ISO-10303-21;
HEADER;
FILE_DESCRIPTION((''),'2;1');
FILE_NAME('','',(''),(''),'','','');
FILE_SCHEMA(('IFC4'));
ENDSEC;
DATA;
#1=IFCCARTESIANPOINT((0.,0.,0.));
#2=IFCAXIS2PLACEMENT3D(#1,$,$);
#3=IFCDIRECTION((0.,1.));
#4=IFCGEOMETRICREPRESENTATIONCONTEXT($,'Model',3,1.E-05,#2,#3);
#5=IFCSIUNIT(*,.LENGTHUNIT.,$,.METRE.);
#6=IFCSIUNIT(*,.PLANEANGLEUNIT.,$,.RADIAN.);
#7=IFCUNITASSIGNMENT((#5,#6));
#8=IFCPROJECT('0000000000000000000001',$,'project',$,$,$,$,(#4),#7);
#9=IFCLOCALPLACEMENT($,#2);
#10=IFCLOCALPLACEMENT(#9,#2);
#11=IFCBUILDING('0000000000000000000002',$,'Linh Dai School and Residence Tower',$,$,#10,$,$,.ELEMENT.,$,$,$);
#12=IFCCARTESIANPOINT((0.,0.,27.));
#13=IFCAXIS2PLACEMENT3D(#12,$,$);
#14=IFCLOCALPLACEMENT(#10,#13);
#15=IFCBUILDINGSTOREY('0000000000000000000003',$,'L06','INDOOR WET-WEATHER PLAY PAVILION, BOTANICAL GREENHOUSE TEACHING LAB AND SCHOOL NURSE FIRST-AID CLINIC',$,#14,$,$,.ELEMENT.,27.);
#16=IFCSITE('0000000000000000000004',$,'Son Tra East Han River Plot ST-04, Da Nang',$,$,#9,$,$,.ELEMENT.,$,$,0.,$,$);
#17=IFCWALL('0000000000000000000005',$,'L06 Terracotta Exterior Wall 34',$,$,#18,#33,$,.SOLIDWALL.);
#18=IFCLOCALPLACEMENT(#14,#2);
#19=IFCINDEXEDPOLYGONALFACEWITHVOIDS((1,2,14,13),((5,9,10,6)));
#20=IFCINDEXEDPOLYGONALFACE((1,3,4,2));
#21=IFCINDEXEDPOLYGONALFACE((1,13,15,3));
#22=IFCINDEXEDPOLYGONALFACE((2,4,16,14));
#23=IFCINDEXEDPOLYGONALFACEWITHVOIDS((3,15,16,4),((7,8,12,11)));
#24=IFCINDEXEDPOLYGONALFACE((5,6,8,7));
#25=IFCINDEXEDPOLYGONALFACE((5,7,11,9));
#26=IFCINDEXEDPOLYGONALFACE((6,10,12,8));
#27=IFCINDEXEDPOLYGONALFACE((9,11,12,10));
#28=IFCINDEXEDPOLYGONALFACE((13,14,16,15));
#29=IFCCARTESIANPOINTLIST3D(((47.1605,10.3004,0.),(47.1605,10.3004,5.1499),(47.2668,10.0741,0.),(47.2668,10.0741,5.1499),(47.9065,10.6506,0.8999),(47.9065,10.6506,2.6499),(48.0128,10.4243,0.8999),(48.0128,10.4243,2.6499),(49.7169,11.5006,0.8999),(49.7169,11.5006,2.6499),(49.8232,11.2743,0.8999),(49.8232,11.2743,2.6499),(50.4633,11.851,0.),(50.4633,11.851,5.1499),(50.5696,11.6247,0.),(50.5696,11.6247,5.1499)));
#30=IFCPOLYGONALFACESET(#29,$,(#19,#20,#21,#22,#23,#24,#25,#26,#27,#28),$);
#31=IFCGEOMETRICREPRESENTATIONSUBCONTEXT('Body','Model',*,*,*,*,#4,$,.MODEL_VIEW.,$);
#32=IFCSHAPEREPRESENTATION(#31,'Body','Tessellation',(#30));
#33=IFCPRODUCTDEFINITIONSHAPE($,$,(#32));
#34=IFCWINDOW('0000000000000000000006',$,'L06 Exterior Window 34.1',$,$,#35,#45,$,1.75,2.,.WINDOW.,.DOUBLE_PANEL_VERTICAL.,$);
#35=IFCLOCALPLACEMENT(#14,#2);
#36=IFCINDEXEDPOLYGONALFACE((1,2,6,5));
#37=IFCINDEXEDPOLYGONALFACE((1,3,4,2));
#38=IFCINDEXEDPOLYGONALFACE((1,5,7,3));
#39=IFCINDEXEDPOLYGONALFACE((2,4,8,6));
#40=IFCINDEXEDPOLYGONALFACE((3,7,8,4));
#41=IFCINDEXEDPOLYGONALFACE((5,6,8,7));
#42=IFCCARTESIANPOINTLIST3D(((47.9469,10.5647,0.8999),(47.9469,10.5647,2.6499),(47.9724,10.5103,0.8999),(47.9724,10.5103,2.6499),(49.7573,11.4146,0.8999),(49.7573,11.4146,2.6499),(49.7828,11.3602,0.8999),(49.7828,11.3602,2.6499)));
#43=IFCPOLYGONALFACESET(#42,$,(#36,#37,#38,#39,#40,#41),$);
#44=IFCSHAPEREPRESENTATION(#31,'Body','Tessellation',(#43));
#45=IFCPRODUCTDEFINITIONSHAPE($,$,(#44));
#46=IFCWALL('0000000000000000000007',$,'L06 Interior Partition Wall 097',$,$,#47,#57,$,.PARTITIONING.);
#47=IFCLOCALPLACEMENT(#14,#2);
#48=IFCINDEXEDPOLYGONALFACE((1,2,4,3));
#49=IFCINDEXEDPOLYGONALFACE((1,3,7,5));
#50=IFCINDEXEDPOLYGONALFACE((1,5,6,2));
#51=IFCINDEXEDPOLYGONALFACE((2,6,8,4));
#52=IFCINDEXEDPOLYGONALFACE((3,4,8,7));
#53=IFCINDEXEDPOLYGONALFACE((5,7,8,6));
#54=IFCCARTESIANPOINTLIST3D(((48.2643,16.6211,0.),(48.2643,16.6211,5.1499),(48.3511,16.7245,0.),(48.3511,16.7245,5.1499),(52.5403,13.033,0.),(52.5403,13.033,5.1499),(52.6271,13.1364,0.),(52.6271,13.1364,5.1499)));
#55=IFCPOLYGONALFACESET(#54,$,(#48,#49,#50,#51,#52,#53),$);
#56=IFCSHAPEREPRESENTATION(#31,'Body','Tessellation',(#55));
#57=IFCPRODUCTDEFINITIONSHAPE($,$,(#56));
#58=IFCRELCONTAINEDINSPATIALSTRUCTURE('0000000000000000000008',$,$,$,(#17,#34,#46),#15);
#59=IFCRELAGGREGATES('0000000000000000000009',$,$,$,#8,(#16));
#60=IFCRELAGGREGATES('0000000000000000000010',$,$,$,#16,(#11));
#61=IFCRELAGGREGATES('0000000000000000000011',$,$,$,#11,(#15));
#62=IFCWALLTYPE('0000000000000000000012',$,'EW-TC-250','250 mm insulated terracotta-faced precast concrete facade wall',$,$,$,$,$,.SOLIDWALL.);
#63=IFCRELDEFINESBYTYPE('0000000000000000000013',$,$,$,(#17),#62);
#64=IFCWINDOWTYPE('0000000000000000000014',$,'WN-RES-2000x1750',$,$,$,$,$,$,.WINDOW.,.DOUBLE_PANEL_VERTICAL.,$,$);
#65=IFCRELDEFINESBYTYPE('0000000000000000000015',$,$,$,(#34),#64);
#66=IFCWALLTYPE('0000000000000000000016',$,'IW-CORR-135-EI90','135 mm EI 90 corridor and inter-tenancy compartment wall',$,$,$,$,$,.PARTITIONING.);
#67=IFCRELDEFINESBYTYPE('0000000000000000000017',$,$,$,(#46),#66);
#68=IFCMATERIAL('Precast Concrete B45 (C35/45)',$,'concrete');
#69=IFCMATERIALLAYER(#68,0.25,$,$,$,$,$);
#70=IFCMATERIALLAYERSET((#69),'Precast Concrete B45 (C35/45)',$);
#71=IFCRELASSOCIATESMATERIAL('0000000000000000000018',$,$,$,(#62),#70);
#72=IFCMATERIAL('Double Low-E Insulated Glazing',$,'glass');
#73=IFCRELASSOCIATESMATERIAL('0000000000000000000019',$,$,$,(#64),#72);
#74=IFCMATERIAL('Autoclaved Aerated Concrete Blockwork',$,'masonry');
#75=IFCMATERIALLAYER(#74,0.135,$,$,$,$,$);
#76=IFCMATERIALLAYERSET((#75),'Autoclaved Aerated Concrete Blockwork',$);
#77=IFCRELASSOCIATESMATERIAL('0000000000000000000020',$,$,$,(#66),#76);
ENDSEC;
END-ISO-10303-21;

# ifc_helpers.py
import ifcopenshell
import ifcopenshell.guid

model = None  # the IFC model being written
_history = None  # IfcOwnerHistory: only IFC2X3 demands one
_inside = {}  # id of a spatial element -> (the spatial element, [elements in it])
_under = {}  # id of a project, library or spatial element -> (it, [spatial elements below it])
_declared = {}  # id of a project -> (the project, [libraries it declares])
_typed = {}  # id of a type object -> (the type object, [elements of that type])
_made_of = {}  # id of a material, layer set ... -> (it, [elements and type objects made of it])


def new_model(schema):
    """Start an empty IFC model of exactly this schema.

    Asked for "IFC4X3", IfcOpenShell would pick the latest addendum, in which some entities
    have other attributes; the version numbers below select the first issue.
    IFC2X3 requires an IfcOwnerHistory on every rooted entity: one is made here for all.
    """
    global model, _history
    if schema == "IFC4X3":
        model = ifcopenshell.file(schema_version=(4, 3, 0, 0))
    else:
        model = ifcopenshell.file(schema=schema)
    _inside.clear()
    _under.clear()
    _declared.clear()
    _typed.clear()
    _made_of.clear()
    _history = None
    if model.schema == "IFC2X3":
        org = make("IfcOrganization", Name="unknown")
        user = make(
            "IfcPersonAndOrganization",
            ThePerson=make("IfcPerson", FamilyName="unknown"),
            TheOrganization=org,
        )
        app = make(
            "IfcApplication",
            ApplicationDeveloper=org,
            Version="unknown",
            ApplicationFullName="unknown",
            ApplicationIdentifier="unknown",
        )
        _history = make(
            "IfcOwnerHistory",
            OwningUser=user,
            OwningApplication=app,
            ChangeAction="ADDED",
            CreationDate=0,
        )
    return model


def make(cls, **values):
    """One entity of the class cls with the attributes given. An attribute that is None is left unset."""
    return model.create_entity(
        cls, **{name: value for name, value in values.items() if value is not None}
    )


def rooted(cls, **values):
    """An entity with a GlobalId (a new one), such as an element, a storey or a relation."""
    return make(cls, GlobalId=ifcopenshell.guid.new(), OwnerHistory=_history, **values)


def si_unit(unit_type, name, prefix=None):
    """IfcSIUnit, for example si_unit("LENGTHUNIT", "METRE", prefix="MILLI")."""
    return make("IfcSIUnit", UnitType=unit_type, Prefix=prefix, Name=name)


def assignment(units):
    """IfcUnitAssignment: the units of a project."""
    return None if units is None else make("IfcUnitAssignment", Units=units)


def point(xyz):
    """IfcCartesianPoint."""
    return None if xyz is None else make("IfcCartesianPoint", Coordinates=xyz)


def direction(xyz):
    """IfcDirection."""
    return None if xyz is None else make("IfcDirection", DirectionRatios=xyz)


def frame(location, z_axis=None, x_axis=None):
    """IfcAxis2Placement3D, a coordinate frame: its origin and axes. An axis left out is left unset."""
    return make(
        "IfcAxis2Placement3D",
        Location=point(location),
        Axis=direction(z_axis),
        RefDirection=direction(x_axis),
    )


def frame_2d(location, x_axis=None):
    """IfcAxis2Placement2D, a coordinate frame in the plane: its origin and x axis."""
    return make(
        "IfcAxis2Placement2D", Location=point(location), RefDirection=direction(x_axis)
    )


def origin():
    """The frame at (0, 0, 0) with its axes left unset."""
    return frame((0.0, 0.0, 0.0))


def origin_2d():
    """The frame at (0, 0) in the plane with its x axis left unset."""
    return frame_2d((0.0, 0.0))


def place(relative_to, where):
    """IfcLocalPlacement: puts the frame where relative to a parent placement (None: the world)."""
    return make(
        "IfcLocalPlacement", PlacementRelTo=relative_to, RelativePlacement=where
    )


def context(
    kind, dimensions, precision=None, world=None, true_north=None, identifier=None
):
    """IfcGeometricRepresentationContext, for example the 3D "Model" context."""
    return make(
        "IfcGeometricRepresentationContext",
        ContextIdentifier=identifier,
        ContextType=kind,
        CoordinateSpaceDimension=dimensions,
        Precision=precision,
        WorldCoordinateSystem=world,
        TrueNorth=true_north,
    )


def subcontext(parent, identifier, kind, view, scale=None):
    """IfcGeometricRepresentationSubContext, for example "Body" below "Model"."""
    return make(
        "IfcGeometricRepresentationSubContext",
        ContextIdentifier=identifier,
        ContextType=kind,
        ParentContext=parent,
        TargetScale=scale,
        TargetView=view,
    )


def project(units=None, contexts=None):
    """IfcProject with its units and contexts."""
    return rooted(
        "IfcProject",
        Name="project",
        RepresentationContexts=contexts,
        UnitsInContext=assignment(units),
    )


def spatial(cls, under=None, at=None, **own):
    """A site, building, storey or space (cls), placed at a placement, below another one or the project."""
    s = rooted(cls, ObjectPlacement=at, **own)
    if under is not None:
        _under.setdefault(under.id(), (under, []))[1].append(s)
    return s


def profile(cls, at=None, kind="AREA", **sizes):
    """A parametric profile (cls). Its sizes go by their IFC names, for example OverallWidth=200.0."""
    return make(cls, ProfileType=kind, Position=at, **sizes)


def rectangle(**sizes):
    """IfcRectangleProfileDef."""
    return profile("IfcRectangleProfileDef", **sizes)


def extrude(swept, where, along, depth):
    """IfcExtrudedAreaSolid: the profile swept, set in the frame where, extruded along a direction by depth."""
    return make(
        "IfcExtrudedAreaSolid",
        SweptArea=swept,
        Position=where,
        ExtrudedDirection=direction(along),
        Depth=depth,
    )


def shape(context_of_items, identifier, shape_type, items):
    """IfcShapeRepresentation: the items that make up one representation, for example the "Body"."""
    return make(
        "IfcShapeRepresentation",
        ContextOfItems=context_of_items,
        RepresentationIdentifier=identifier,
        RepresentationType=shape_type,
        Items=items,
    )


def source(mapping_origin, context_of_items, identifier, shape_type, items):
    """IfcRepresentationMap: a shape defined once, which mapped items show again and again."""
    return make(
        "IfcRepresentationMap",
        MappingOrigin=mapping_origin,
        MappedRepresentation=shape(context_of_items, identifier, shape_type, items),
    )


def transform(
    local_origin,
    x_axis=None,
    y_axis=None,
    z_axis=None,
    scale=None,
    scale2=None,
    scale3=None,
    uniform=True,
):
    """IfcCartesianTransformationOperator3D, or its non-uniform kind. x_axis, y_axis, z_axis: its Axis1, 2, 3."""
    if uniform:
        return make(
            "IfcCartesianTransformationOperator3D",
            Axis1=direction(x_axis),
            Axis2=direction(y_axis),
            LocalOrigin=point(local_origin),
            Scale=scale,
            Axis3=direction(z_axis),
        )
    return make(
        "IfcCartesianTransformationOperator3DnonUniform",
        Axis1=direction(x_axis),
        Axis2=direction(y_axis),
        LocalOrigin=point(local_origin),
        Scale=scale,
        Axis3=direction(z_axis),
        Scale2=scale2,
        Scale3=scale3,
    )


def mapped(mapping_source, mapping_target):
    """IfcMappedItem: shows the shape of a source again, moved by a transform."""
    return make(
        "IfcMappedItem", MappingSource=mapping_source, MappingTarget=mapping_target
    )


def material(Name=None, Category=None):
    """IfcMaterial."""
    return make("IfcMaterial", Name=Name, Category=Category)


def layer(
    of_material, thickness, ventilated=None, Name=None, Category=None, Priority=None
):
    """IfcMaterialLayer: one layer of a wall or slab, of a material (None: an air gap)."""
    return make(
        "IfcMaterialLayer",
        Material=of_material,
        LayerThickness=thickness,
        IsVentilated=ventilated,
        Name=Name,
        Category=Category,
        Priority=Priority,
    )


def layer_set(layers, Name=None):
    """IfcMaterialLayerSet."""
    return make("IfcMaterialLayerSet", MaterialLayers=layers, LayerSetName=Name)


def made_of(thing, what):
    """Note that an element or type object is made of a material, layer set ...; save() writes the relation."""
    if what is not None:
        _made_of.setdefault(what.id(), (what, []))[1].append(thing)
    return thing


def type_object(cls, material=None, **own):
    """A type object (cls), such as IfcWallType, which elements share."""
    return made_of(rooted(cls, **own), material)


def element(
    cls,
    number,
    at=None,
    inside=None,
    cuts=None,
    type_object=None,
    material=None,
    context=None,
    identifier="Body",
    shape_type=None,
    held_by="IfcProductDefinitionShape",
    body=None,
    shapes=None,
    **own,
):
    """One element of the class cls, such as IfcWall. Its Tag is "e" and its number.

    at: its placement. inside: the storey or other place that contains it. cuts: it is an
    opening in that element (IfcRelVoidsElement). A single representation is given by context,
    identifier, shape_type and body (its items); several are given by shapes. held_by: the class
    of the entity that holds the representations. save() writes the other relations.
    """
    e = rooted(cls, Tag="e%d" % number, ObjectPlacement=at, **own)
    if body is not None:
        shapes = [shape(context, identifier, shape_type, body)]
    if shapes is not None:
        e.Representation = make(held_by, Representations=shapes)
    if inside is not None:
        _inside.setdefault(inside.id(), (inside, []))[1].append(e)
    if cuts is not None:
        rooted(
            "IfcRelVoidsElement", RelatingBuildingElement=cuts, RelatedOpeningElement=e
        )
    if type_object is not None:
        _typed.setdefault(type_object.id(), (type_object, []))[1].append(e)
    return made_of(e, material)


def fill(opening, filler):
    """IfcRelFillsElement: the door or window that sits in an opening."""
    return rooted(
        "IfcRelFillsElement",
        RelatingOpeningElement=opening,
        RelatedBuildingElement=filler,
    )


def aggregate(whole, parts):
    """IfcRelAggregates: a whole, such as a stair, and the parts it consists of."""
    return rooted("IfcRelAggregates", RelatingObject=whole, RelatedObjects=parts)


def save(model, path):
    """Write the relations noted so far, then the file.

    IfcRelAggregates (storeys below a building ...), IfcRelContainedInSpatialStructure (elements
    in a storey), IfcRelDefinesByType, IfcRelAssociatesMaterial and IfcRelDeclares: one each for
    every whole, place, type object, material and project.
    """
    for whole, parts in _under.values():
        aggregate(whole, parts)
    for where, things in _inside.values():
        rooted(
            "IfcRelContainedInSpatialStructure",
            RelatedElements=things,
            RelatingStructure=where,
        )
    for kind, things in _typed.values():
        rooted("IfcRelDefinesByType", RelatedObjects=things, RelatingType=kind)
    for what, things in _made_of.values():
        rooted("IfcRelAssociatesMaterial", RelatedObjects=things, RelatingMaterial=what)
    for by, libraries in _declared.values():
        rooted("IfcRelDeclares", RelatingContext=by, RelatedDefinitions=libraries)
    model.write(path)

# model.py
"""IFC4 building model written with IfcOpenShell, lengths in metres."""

from ifc_helpers import new_model, si_unit, direction, frame, frame_2d, origin, origin_2d, place, context, subcontext, project, spatial, rectangle, extrude, source, transform, mapped, material, layer, layer_set, type_object, element, fill, save


model = new_model("IFC4")

# Units and contexts
model_context = context("Model", 3, precision=1e-05, world=origin(), true_north=direction((0.0, 1.0)))
body_context = subcontext(model_context, "Body", "Model", "MODEL_VIEW")
ifc_project = project(units=[si_unit("LENGTHUNIT", "METRE"), si_unit("PLANEANGLEUNIT", "RADIAN")], contexts=[model_context])

# Site, building, storey
site_placement = place(None, origin())
site = spatial("IfcSite", under=ifc_project, at=site_placement, Name="Son Tra East Han River Plot ST-04, Da Nang", CompositionType="ELEMENT", RefElevation=0.0)
building_placement = place(site_placement, origin())
building = spatial("IfcBuilding", under=site, at=building_placement, Name="Linh Dai School and Residence Tower", CompositionType="ELEMENT")
storey_placement = place(building_placement, frame((0.0, 0.0, 27.0)))
storey = spatial("IfcBuildingStorey", under=building, at=storey_placement, Name="L06", Description="INDOOR WET-WEATHER PLAY PAVILION, BOTANICAL GREENHOUSE TEACHING LAB AND SCHOOL NURSE FIRST-AID CLINIC", CompositionType="ELEMENT", Elevation=27.0)

# Shared definitions
ifc_material_1 = material(Name="Double Low-E Insulated Glazing", Category="glass")

# Wall, opening, window
ifc_material_2 = material(Name="Precast Concrete B45 (C35/45)", Category="concrete")
ifc_layer_1 = layer(ifc_material_2, 0.25)
ifc_layer_set_1 = layer_set([ifc_layer_1], Name="Precast Concrete B45 (C35/45)")
wall_type_1 = type_object("IfcWallType", Name="EW-TC-250", Description="250 mm insulated terracotta-faced precast concrete facade wall", PredefinedType="SOLIDWALL", material=ifc_layer_set_1)
wall_1_placement = place(storey_placement, frame((50.5164, 11.7378, 0.0), z_axis=(0.0, 0.0, 1.0), x_axis=(-0.905208, -0.424969, 0.0)))
wall_1 = element("IfcWall", 1, at=wall_1_placement, inside=storey, type_object=wall_type_1, Name="L06 Terracotta Exterior Wall 34", PredefinedType="SOLIDWALL", context=body_context, shape_type="SweptSolid", body=[
    extrude(rectangle(XDim=3.6487, YDim=0.25, at=frame_2d((1.8242, 0.0))), origin(), (0.0, 0.0, 1.0), 5.1499),
])
opening_1_placement = place(wall_1_placement, frame((0.8245, 0.0, 0.8999)))
opening_1 = element("IfcOpeningElement", 2, at=opening_1_placement, cuts=wall_1, PredefinedType="OPENING", context=body_context, shape_type="SweptSolid", body=[
    extrude(rectangle(XDim=2.0, YDim=1.75, at=origin_2d()), frame((1.0, 0.135, 0.875), z_axis=(0.0, -1.0, 0.0), x_axis=(1.0, 0.0, 0.0)), (0.0, 0.0, 1.0), 0.27),
])
window_type_1 = type_object("IfcWindowType", Name="WN-RES-2000x1750", PartitioningType="DOUBLE_PANEL_VERTICAL", PredefinedType="WINDOW", material=ifc_material_1)
shared_shape_1 = source(origin(), body_context, "Body", "SweptSolid", [
    extrude(rectangle(XDim=2.0, YDim=1.75, at=origin_2d()), frame((1.0, 0.03, 0.875), z_axis=(0.0, -1.0, 0.0), x_axis=(1.0, 0.0, 0.0)), (0.0, 0.0, 1.0), 0.0601),
])
window_1_placement = place(opening_1_placement, origin())
window_1 = element("IfcWindow", 3, at=window_1_placement, inside=storey, type_object=window_type_1, Name="L06 Exterior Window 34.1", OverallHeight=1.75, OverallWidth=2.0, PartitioningType="DOUBLE_PANEL_VERTICAL", PredefinedType="WINDOW", context=body_context, shape_type="MappedRepresentation", body=[
    mapped(shared_shape_1, transform((0.0, 0.0, 0.0), x_axis=(1.0, 0.0, 0.0), y_axis=(0.0, 1.0, 0.0), z_axis=(0.0, 0.0, 1.0), scale=1.0)),
])
fill(opening_1, window_1)

# Wall
ifc_material_3 = material(Name="Autoclaved Aerated Concrete Blockwork", Category="masonry")
ifc_layer_2 = layer(ifc_material_3, 0.135)
ifc_layer_set_2 = layer_set([ifc_layer_2], Name="Autoclaved Aerated Concrete Blockwork")
wall_type_2 = type_object("IfcWallType", Name="IW-CORR-135-EI90", Description="135 mm EI 90 corridor and inter-tenancy compartment wall", PredefinedType="PARTITIONING", material=ifc_layer_set_2)
wall_2_placement = place(storey_placement, frame((52.5837, 13.0847, 0.0), z_axis=(0.0, 0.0, 1.0), x_axis=(-0.766041, 0.642792, 0.0)))
element("IfcWall", 4, at=wall_2_placement, inside=storey, type_object=wall_type_2, Name="L06 Interior Partition Wall 097", PredefinedType="PARTITIONING", context=body_context, shape_type="SweptSolid", body=[
    extrude(rectangle(XDim=5.582, YDim=0.135, at=frame_2d((2.791, 0.0))), origin(), (0.0, 0.0, 1.0), 5.1499),
])

save(model, "model.ifc")
